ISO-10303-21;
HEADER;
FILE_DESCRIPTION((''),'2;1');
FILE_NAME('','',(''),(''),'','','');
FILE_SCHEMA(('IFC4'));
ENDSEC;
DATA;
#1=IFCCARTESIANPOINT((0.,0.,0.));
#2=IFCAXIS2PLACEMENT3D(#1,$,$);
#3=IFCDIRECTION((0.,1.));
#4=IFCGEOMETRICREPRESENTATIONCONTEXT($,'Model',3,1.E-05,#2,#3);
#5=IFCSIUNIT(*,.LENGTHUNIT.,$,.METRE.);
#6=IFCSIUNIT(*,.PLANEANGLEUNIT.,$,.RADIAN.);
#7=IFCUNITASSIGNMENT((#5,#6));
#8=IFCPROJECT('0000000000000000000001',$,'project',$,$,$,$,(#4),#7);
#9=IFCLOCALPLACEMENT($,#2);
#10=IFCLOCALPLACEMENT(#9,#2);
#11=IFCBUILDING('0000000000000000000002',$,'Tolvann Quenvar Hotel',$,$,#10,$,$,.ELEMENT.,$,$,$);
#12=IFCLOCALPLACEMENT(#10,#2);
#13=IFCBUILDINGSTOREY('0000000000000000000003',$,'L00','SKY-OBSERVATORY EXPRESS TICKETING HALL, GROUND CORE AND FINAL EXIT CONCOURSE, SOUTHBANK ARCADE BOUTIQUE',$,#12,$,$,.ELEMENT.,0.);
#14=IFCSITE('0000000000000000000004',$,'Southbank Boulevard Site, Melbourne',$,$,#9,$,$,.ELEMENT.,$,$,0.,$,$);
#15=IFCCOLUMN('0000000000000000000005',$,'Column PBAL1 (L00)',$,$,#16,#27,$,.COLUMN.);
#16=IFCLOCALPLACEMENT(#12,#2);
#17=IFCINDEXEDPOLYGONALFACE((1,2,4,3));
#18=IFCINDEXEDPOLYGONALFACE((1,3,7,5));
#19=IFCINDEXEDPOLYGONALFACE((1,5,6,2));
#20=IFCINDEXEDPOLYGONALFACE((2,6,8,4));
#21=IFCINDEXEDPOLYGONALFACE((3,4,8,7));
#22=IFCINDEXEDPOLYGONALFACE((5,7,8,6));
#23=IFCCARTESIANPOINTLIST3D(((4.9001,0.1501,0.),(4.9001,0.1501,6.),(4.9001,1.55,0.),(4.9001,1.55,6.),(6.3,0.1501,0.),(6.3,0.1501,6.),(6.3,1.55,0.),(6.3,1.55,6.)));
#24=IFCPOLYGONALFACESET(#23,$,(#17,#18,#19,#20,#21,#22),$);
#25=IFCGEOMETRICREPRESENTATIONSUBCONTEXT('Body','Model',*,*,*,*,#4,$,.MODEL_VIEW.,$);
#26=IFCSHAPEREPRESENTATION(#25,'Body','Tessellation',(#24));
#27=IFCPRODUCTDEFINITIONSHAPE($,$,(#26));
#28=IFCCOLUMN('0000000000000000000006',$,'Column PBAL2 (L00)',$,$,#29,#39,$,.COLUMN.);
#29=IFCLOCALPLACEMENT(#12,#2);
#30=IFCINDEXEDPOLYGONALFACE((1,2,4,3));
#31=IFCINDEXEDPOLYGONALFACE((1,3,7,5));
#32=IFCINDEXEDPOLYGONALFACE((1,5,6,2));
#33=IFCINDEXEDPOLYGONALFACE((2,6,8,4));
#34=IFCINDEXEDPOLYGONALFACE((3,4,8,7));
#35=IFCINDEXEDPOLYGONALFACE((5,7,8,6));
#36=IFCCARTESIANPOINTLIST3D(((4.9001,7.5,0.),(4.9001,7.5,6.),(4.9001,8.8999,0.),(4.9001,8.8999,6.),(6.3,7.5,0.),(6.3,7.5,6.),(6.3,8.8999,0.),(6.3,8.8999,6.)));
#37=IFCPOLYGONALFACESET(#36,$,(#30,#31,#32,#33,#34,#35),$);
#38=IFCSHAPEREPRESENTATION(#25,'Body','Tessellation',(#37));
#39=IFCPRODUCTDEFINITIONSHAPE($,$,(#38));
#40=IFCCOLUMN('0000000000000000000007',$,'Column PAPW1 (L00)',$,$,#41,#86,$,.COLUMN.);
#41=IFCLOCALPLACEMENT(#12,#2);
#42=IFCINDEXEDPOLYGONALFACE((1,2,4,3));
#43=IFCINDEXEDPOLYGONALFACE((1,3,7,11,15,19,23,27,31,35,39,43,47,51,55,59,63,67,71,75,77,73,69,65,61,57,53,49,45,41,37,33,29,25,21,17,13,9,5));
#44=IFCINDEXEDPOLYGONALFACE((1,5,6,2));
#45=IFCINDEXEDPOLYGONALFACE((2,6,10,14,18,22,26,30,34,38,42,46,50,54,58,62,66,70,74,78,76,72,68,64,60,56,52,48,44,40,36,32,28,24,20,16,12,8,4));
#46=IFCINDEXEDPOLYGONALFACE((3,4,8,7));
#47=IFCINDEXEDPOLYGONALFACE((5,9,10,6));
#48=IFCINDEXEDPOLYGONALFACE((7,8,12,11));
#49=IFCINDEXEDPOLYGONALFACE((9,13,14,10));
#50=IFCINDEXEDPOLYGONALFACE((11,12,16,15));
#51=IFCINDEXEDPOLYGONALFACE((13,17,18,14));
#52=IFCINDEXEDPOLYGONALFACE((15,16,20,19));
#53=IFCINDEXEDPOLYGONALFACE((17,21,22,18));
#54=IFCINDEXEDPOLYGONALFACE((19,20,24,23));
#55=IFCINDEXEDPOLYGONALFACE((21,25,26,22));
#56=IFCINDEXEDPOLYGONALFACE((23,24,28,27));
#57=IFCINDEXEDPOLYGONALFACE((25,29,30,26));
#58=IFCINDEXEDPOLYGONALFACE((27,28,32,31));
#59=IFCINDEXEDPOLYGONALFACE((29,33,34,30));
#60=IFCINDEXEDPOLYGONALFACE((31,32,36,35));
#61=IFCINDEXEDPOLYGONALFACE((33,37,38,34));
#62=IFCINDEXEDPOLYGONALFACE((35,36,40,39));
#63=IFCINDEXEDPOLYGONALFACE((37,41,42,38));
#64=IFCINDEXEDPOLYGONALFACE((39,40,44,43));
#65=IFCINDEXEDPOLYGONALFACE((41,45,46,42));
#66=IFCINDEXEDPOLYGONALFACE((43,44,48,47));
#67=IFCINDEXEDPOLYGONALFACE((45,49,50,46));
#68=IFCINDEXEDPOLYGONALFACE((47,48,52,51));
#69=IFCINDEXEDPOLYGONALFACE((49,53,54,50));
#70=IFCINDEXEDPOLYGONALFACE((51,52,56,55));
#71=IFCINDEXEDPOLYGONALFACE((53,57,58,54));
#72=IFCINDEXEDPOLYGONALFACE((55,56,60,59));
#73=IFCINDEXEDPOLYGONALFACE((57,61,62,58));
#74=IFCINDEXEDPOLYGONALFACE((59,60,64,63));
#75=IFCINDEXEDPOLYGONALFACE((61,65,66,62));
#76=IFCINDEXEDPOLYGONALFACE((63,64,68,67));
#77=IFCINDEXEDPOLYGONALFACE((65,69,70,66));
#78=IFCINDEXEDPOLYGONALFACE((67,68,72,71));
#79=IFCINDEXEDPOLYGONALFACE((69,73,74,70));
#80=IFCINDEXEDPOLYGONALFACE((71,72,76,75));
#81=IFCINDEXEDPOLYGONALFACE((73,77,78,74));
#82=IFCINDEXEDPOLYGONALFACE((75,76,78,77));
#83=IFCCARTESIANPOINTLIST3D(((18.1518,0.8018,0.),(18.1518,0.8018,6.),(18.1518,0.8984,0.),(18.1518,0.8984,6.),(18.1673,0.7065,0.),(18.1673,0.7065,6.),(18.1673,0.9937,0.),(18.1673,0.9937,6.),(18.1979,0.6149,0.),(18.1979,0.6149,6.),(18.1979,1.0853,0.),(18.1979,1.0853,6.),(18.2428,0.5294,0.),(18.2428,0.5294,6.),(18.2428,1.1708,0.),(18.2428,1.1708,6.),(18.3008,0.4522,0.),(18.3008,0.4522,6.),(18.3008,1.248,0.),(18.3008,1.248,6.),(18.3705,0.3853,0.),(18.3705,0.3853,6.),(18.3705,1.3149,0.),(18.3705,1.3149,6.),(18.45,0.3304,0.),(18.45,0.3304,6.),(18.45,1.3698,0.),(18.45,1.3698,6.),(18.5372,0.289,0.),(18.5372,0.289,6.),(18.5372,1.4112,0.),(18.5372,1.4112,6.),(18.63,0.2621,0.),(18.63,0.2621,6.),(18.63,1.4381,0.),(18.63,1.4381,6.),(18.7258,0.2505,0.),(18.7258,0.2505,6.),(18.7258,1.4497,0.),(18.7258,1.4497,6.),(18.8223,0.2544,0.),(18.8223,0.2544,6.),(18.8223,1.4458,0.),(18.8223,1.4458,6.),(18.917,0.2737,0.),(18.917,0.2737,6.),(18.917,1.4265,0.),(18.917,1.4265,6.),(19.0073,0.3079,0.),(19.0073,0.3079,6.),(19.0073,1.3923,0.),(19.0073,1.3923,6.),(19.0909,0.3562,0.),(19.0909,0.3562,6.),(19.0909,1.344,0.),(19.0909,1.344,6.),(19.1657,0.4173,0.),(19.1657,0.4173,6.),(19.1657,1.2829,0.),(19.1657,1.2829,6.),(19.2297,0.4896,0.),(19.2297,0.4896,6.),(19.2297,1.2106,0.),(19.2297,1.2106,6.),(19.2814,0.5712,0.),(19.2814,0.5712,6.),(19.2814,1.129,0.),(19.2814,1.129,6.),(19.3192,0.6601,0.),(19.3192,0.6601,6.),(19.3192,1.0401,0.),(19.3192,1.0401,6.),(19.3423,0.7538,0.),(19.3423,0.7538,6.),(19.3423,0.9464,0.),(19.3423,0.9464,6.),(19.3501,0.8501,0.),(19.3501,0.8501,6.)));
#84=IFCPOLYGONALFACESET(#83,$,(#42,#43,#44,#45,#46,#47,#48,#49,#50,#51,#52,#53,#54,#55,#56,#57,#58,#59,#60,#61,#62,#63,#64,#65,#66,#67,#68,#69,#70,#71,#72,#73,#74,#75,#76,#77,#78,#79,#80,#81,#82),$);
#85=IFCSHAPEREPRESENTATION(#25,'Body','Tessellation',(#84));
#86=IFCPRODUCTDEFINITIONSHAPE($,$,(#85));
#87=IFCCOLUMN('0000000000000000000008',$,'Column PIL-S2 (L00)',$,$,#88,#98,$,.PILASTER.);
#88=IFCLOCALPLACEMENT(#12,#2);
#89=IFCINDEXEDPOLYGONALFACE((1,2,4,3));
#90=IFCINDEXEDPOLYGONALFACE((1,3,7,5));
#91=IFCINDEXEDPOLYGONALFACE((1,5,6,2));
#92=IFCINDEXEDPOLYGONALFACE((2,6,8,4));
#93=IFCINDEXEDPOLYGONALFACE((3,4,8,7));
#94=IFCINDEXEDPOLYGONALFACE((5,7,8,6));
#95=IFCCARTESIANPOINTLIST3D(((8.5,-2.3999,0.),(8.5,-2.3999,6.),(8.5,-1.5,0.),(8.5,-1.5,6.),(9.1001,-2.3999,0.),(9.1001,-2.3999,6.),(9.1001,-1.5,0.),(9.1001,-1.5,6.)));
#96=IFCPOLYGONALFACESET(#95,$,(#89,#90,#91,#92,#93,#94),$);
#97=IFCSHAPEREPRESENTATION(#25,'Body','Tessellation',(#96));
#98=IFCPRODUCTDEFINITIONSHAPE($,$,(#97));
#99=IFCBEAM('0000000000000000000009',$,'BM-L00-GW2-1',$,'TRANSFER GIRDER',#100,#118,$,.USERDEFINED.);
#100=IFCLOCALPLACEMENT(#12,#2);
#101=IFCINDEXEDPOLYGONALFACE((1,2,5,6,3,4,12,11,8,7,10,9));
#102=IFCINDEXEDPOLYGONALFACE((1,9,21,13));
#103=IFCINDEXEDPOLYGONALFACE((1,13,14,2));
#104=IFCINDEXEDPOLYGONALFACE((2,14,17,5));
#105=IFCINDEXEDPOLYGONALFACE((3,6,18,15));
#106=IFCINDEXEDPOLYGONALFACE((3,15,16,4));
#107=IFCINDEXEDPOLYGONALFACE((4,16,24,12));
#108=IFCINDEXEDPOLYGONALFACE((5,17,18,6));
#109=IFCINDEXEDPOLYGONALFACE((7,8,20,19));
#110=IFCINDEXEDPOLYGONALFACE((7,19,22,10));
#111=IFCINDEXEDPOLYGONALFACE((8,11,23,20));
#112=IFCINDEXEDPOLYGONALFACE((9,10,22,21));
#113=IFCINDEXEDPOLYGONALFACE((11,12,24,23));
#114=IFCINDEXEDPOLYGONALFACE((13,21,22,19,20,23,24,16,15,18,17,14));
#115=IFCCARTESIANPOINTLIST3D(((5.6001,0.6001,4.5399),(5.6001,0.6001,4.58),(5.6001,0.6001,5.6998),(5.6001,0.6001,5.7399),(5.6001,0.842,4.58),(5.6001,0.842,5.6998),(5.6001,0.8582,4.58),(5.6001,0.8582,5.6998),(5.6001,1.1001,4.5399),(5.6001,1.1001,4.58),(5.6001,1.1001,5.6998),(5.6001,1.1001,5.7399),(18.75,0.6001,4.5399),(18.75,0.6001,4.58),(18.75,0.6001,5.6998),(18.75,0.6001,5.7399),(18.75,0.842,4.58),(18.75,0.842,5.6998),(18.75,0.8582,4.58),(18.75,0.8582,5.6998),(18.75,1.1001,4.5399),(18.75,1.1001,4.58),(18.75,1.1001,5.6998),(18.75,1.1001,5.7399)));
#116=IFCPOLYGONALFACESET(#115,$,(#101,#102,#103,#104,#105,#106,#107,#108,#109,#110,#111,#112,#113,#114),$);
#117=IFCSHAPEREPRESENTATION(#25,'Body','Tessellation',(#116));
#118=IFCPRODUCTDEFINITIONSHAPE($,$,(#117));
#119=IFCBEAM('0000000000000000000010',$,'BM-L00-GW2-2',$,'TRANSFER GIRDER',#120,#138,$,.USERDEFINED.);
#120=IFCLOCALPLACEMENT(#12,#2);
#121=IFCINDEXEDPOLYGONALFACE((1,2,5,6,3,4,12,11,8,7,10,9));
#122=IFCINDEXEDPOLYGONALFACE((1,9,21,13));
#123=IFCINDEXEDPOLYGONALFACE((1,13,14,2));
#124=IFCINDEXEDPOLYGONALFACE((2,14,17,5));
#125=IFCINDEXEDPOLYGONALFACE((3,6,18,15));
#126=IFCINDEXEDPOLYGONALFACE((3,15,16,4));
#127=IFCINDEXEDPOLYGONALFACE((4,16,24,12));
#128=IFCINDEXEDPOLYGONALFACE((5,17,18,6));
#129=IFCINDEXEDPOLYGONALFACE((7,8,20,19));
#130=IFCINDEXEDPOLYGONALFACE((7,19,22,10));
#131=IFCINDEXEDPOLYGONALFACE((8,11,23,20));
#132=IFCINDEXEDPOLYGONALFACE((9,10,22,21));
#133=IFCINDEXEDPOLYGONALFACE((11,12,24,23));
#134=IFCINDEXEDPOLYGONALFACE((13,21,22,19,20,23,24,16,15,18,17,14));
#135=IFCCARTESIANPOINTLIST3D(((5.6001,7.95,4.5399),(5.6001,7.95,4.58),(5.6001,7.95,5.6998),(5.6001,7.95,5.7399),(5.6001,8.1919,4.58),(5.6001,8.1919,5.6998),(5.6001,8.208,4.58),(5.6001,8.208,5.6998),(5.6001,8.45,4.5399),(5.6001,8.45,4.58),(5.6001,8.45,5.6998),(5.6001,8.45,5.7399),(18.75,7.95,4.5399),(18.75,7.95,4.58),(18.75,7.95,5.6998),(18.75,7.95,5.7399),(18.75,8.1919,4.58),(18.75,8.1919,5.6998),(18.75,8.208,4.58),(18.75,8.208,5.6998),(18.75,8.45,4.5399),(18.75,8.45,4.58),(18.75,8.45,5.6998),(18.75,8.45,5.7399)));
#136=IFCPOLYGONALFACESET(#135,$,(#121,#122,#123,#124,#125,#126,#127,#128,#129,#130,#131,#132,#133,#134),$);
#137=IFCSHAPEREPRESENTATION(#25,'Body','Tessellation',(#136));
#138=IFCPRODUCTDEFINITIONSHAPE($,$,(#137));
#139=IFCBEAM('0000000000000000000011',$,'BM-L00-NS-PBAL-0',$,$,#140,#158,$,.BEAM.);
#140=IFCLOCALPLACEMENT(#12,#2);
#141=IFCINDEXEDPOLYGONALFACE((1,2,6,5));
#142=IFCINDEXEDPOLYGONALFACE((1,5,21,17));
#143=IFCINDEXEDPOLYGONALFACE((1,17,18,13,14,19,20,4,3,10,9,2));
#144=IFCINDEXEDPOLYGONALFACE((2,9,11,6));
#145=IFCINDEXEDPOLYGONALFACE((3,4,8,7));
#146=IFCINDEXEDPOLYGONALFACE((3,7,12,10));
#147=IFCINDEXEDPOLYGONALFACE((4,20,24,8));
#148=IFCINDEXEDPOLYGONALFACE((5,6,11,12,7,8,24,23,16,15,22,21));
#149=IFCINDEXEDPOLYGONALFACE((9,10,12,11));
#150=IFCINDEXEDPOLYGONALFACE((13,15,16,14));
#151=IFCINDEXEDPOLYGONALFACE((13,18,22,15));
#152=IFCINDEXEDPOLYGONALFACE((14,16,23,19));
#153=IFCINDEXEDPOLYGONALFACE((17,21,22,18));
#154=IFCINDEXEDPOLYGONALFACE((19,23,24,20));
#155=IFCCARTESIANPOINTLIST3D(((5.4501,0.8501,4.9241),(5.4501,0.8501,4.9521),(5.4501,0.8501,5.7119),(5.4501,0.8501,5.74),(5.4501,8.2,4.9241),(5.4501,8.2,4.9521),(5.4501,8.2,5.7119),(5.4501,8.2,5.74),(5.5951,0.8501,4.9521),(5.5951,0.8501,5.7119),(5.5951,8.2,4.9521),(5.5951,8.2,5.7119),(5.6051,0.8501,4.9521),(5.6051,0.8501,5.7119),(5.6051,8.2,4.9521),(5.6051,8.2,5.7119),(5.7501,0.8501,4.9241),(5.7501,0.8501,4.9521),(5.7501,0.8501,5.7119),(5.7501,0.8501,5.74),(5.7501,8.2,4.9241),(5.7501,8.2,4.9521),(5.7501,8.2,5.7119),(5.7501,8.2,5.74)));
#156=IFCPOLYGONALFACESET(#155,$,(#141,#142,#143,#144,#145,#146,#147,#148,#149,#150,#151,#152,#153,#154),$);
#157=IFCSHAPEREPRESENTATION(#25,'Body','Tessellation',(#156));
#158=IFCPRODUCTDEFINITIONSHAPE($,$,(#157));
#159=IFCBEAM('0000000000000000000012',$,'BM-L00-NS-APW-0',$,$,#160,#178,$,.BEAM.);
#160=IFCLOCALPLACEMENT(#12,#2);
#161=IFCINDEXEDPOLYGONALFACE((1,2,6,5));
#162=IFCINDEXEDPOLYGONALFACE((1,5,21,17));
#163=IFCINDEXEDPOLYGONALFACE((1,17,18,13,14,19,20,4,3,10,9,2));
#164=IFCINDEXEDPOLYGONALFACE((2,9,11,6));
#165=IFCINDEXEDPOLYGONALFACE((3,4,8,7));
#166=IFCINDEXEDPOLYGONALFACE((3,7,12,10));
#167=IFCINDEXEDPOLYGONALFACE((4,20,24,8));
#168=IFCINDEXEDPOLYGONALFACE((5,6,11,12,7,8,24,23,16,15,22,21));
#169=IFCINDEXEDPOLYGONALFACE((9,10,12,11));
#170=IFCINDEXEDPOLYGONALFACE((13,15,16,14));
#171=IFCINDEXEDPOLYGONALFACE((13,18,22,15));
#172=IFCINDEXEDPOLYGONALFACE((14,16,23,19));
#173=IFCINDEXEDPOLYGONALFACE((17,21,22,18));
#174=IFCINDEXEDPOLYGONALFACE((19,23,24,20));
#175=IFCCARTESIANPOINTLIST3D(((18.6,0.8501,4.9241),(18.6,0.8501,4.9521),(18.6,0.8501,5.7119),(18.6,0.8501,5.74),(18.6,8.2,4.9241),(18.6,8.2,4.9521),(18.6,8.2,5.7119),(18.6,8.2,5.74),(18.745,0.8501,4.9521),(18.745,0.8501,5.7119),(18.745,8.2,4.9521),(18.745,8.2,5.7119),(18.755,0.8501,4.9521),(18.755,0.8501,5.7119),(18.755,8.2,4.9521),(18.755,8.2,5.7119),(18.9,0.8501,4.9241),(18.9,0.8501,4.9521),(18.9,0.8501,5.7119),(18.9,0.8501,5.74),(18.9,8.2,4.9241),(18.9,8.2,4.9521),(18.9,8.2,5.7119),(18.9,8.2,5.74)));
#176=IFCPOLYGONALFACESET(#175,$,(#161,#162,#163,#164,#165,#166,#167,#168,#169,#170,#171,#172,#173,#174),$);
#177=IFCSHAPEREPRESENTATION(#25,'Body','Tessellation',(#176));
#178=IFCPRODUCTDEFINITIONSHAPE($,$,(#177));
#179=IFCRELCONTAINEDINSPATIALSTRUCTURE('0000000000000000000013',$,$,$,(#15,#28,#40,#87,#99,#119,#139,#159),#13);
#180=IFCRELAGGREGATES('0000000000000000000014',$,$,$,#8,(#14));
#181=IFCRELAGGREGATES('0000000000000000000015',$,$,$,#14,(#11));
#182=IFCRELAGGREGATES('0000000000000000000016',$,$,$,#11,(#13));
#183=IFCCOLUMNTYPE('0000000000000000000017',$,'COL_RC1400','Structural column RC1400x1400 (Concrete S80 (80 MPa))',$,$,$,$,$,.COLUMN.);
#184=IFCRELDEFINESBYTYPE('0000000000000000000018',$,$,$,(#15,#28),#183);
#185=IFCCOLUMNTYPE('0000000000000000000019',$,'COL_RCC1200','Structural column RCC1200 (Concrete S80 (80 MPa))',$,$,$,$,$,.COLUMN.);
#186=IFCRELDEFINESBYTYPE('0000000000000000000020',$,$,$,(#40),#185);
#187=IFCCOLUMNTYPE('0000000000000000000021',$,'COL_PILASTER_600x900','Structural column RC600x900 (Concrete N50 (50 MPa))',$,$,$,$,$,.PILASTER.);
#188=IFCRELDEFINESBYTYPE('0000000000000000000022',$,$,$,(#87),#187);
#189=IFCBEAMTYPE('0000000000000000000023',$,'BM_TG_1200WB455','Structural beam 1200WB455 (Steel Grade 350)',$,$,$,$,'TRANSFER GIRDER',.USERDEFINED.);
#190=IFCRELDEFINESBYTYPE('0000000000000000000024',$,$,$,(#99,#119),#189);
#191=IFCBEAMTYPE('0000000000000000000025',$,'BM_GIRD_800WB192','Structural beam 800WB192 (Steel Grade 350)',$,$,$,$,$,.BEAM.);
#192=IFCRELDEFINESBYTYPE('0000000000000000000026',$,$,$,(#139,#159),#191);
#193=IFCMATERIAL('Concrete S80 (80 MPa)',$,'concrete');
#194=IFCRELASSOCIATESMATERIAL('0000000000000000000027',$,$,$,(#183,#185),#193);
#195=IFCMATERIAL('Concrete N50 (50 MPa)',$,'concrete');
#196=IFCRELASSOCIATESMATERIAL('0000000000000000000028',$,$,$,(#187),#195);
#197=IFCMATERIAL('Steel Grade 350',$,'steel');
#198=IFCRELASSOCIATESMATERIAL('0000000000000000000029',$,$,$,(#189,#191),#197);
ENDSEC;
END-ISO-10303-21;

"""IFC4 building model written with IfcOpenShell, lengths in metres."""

from ifc_helpers import new_model, si_unit, direction, frame, origin, origin_2d, place, context, subcontext, project, spatial, rectangle, circle, i_section, extrude, source, transform, mapped, material, material_profile, profile_set, type_object, type_shapes, element, save


model = new_model("IFC4")

# Units and contexts
model_context = context("Model", 3, precision=1e-05, world=origin(), true_north=direction((0.0, 1.0)))
body_context = subcontext(model_context, "Body", "Model", "MODEL_VIEW")
ifc_project = project(units=[si_unit("LENGTHUNIT", "METRE"), si_unit("PLANEANGLEUNIT", "RADIAN")], contexts=[model_context])

# Site, building, storey
site_placement = place(None, origin())
site = spatial("IfcSite", under=ifc_project, at=site_placement, Name="Southbank Boulevard Site, Melbourne", CompositionType="ELEMENT", RefElevation=0.0)
building_placement = place(site_placement, origin())
building = spatial("IfcBuilding", under=site, at=building_placement, Name="Tolvann Quenvar Hotel", CompositionType="ELEMENT")
storey_placement = place(building_placement, origin())
storey = spatial("IfcBuildingStorey", under=building, at=storey_placement, Name="L00", Description="SKY-OBSERVATORY EXPRESS TICKETING HALL, GROUND CORE AND FINAL EXIT CONCOURSE, SOUTHBANK ARCADE BOUTIQUE", CompositionType="ELEMENT", Elevation=0.0)

# Columns
ifc_material_1 = material(Name="Concrete S80 (80 MPa)", Category="concrete")
ifc_material_profile_1 = material_profile(ifc_material_1, rectangle(XDim=1.3999, YDim=1.3999, at=origin_2d()), Name="RC1400x1400")
ifc_profile_set_1 = profile_set([ifc_material_profile_1], Name="Concrete S80 (80 MPa)")
column_type_1 = type_object("IfcColumnType", Name="COL_RC1400", Description="Structural column RC1400x1400 (Concrete S80 (80 MPa))", PredefinedType="COLUMN", material=ifc_profile_set_1)
shared_shape_1 = source(origin(), body_context, "Body", "SweptSolid", [
    extrude(rectangle(XDim=1.3999, YDim=1.3999, at=origin_2d()), origin(), (0.0, 0.0, 1.0), 6.0),
])
type_shapes(column_type_1, [shared_shape_1])
for number, where, z_axis, x_axis, name in (
    (1, (5.6001, 0.8501, 0.0), (0.0, 0.0, 1.0), (1.0, 0.0, 0.0), "Column PBAL1 (L00)"),
    (2, (5.6001, 8.2, 0.0), (0.0, 0.0, 1.0), (1.0, 0.0, 0.0), "Column PBAL2 (L00)"),
):
    element("IfcColumn", number, at=place(storey_placement, frame(where, z_axis=z_axis, x_axis=x_axis)), inside=storey, type_object=column_type_1, Name=name, PredefinedType="COLUMN", context=body_context, shape_type="MappedRepresentation", body=[
        mapped(shared_shape_1, transform((0.0, 0.0, 0.0), x_axis=(1.0, 0.0, 0.0), y_axis=(0.0, 1.0, 0.0), z_axis=(0.0, 0.0, 1.0), scale=1.0)),
    ])
ifc_material_profile_2 = material_profile(ifc_material_1, circle(Radius=0.6001, at=origin_2d()), Name="RCC1200")
ifc_profile_set_2 = profile_set([ifc_material_profile_2], Name="Concrete S80 (80 MPa)")
column_type_2 = type_object("IfcColumnType", Name="COL_RCC1200", Description="Structural column RCC1200 (Concrete S80 (80 MPa))", PredefinedType="COLUMN", material=ifc_profile_set_2)
shared_shape_2 = source(origin(), body_context, "Body", "SweptSolid", [
    extrude(circle(Radius=0.6001, at=origin_2d()), origin(), (0.0, 0.0, 1.0), 6.0),
])
type_shapes(column_type_2, [shared_shape_2])
column_1_placement = place(storey_placement, frame((18.75, 0.8501, 0.0), z_axis=(0.0, 0.0, 1.0), x_axis=(1.0, 0.0, 0.0)))
element("IfcColumn", 3, at=column_1_placement, inside=storey, type_object=column_type_2, Name="Column PAPW1 (L00)", PredefinedType="COLUMN", context=body_context, shape_type="MappedRepresentation", body=[
    mapped(shared_shape_2, transform((0.0, 0.0, 0.0), x_axis=(1.0, 0.0, 0.0), y_axis=(0.0, 1.0, 0.0), z_axis=(0.0, 0.0, 1.0), scale=1.0)),
])
ifc_material_2 = material(Name="Concrete N50 (50 MPa)", Category="concrete")
ifc_material_profile_3 = material_profile(ifc_material_2, rectangle(XDim=0.6001, YDim=0.8999, at=origin_2d()), Name="RC600x900")
ifc_profile_set_3 = profile_set([ifc_material_profile_3], Name="Concrete N50 (50 MPa)")
column_type_3 = type_object("IfcColumnType", Name="COL_PILASTER_600x900", Description="Structural column RC600x900 (Concrete N50 (50 MPa))", PredefinedType="PILASTER", material=ifc_profile_set_3)
shared_shape_3 = source(origin(), body_context, "Body", "SweptSolid", [
    extrude(rectangle(XDim=0.6001, YDim=0.8999, at=origin_2d()), origin(), (0.0, 0.0, 1.0), 6.0),
])
type_shapes(column_type_3, [shared_shape_3])
column_2_placement = place(storey_placement, frame((8.8, -1.95, 0.0), z_axis=(0.0, 0.0, 1.0), x_axis=(1.0, 0.0, 0.0)))
element("IfcColumn", 4, at=column_2_placement, inside=storey, type_object=column_type_3, Name="Column PIL-S2 (L00)", PredefinedType="PILASTER", context=body_context, shape_type="MappedRepresentation", body=[
    mapped(shared_shape_3, transform((0.0, 0.0, 0.0), x_axis=(1.0, 0.0, 0.0), y_axis=(0.0, 1.0, 0.0), z_axis=(0.0, 0.0, 1.0), scale=1.0)),
])

# Beams
ifc_material_3 = material(Name="Steel Grade 350", Category="steel")
ifc_material_profile_4 = material_profile(ifc_material_3, i_section(OverallWidth=0.5, OverallDepth=1.2, WebThickness=0.0161, FlangeThickness=0.04, at=origin_2d()), Name="1200WB455")
ifc_profile_set_4 = profile_set([ifc_material_profile_4], Name="Steel Grade 350")
beam_type_1 = type_object("IfcBeamType", Name="BM_TG_1200WB455", Description="Structural beam 1200WB455 (Steel Grade 350)", ElementType="TRANSFER GIRDER", PredefinedType="USERDEFINED", material=ifc_profile_set_4)
shared_shape_4 = source(origin(), body_context, "Body", "SweptSolid", [
    extrude(i_section(OverallWidth=0.5, OverallDepth=1.2, WebThickness=0.0161, FlangeThickness=0.04, at=origin_2d()), origin(), (0.0, 0.0, 1.0), 13.1499),
])
type_shapes(beam_type_1, [shared_shape_4])
for number, where, z_axis, x_axis, name in (
    (5, (5.6001, 0.8501, 5.1399), (1.0, 0.0, 0.0), (0.0, 1.0, 0.0), "BM-L00-GW2-1"),
    (6, (5.6001, 8.2, 5.1399), (1.0, 0.0, 0.0), (0.0, 1.0, 0.0), "BM-L00-GW2-2"),
):
    element("IfcBeam", number, at=place(storey_placement, frame(where, z_axis=z_axis, x_axis=x_axis)), inside=storey, type_object=beam_type_1, Name=name, ObjectType="TRANSFER GIRDER", PredefinedType="USERDEFINED", context=body_context, shape_type="MappedRepresentation", body=[
        mapped(shared_shape_4, transform((0.0, 0.0, 0.0), x_axis=(1.0, 0.0, 0.0), y_axis=(0.0, 1.0, 0.0), z_axis=(0.0, 0.0, 1.0), scale=1.0)),
    ])
ifc_material_profile_5 = material_profile(ifc_material_3, i_section(OverallWidth=0.3, OverallDepth=0.8159, WebThickness=0.01, FlangeThickness=0.0281, at=origin_2d()), Name="800WB192")
ifc_profile_set_5 = profile_set([ifc_material_profile_5], Name="Steel Grade 350")
beam_type_2 = type_object("IfcBeamType", Name="BM_GIRD_800WB192", Description="Structural beam 800WB192 (Steel Grade 350)", PredefinedType="BEAM", material=ifc_profile_set_5)
shared_shape_5 = source(origin(), body_context, "Body", "SweptSolid", [
    extrude(i_section(OverallWidth=0.3, OverallDepth=0.8159, WebThickness=0.01, FlangeThickness=0.0281, at=origin_2d()), origin(), (0.0, 0.0, 1.0), 7.3499),
])
for number, where, z_axis, x_axis, name in (
    (7, (5.6001, 0.8501, 5.332), (0.0, 1.0, 0.0), (-1.0, 0.0, 0.0), "BM-L00-NS-PBAL-0"),
    (8, (18.75, 0.8501, 5.332), (0.0, 1.0, 0.0), (-1.0, 0.0, 0.0), "BM-L00-NS-APW-0"),
):
    element("IfcBeam", number, at=place(storey_placement, frame(where, z_axis=z_axis, x_axis=x_axis)), inside=storey, type_object=beam_type_2, Name=name, PredefinedType="BEAM", context=body_context, shape_type="MappedRepresentation", body=[
        mapped(shared_shape_5, transform((0.0, 0.0, 0.0), x_axis=(1.0, 0.0, 0.0), y_axis=(0.0, 1.0, 0.0), z_axis=(0.0, 0.0, 1.0), scale=1.0)),
    ])

save(model, "model.ifc")
